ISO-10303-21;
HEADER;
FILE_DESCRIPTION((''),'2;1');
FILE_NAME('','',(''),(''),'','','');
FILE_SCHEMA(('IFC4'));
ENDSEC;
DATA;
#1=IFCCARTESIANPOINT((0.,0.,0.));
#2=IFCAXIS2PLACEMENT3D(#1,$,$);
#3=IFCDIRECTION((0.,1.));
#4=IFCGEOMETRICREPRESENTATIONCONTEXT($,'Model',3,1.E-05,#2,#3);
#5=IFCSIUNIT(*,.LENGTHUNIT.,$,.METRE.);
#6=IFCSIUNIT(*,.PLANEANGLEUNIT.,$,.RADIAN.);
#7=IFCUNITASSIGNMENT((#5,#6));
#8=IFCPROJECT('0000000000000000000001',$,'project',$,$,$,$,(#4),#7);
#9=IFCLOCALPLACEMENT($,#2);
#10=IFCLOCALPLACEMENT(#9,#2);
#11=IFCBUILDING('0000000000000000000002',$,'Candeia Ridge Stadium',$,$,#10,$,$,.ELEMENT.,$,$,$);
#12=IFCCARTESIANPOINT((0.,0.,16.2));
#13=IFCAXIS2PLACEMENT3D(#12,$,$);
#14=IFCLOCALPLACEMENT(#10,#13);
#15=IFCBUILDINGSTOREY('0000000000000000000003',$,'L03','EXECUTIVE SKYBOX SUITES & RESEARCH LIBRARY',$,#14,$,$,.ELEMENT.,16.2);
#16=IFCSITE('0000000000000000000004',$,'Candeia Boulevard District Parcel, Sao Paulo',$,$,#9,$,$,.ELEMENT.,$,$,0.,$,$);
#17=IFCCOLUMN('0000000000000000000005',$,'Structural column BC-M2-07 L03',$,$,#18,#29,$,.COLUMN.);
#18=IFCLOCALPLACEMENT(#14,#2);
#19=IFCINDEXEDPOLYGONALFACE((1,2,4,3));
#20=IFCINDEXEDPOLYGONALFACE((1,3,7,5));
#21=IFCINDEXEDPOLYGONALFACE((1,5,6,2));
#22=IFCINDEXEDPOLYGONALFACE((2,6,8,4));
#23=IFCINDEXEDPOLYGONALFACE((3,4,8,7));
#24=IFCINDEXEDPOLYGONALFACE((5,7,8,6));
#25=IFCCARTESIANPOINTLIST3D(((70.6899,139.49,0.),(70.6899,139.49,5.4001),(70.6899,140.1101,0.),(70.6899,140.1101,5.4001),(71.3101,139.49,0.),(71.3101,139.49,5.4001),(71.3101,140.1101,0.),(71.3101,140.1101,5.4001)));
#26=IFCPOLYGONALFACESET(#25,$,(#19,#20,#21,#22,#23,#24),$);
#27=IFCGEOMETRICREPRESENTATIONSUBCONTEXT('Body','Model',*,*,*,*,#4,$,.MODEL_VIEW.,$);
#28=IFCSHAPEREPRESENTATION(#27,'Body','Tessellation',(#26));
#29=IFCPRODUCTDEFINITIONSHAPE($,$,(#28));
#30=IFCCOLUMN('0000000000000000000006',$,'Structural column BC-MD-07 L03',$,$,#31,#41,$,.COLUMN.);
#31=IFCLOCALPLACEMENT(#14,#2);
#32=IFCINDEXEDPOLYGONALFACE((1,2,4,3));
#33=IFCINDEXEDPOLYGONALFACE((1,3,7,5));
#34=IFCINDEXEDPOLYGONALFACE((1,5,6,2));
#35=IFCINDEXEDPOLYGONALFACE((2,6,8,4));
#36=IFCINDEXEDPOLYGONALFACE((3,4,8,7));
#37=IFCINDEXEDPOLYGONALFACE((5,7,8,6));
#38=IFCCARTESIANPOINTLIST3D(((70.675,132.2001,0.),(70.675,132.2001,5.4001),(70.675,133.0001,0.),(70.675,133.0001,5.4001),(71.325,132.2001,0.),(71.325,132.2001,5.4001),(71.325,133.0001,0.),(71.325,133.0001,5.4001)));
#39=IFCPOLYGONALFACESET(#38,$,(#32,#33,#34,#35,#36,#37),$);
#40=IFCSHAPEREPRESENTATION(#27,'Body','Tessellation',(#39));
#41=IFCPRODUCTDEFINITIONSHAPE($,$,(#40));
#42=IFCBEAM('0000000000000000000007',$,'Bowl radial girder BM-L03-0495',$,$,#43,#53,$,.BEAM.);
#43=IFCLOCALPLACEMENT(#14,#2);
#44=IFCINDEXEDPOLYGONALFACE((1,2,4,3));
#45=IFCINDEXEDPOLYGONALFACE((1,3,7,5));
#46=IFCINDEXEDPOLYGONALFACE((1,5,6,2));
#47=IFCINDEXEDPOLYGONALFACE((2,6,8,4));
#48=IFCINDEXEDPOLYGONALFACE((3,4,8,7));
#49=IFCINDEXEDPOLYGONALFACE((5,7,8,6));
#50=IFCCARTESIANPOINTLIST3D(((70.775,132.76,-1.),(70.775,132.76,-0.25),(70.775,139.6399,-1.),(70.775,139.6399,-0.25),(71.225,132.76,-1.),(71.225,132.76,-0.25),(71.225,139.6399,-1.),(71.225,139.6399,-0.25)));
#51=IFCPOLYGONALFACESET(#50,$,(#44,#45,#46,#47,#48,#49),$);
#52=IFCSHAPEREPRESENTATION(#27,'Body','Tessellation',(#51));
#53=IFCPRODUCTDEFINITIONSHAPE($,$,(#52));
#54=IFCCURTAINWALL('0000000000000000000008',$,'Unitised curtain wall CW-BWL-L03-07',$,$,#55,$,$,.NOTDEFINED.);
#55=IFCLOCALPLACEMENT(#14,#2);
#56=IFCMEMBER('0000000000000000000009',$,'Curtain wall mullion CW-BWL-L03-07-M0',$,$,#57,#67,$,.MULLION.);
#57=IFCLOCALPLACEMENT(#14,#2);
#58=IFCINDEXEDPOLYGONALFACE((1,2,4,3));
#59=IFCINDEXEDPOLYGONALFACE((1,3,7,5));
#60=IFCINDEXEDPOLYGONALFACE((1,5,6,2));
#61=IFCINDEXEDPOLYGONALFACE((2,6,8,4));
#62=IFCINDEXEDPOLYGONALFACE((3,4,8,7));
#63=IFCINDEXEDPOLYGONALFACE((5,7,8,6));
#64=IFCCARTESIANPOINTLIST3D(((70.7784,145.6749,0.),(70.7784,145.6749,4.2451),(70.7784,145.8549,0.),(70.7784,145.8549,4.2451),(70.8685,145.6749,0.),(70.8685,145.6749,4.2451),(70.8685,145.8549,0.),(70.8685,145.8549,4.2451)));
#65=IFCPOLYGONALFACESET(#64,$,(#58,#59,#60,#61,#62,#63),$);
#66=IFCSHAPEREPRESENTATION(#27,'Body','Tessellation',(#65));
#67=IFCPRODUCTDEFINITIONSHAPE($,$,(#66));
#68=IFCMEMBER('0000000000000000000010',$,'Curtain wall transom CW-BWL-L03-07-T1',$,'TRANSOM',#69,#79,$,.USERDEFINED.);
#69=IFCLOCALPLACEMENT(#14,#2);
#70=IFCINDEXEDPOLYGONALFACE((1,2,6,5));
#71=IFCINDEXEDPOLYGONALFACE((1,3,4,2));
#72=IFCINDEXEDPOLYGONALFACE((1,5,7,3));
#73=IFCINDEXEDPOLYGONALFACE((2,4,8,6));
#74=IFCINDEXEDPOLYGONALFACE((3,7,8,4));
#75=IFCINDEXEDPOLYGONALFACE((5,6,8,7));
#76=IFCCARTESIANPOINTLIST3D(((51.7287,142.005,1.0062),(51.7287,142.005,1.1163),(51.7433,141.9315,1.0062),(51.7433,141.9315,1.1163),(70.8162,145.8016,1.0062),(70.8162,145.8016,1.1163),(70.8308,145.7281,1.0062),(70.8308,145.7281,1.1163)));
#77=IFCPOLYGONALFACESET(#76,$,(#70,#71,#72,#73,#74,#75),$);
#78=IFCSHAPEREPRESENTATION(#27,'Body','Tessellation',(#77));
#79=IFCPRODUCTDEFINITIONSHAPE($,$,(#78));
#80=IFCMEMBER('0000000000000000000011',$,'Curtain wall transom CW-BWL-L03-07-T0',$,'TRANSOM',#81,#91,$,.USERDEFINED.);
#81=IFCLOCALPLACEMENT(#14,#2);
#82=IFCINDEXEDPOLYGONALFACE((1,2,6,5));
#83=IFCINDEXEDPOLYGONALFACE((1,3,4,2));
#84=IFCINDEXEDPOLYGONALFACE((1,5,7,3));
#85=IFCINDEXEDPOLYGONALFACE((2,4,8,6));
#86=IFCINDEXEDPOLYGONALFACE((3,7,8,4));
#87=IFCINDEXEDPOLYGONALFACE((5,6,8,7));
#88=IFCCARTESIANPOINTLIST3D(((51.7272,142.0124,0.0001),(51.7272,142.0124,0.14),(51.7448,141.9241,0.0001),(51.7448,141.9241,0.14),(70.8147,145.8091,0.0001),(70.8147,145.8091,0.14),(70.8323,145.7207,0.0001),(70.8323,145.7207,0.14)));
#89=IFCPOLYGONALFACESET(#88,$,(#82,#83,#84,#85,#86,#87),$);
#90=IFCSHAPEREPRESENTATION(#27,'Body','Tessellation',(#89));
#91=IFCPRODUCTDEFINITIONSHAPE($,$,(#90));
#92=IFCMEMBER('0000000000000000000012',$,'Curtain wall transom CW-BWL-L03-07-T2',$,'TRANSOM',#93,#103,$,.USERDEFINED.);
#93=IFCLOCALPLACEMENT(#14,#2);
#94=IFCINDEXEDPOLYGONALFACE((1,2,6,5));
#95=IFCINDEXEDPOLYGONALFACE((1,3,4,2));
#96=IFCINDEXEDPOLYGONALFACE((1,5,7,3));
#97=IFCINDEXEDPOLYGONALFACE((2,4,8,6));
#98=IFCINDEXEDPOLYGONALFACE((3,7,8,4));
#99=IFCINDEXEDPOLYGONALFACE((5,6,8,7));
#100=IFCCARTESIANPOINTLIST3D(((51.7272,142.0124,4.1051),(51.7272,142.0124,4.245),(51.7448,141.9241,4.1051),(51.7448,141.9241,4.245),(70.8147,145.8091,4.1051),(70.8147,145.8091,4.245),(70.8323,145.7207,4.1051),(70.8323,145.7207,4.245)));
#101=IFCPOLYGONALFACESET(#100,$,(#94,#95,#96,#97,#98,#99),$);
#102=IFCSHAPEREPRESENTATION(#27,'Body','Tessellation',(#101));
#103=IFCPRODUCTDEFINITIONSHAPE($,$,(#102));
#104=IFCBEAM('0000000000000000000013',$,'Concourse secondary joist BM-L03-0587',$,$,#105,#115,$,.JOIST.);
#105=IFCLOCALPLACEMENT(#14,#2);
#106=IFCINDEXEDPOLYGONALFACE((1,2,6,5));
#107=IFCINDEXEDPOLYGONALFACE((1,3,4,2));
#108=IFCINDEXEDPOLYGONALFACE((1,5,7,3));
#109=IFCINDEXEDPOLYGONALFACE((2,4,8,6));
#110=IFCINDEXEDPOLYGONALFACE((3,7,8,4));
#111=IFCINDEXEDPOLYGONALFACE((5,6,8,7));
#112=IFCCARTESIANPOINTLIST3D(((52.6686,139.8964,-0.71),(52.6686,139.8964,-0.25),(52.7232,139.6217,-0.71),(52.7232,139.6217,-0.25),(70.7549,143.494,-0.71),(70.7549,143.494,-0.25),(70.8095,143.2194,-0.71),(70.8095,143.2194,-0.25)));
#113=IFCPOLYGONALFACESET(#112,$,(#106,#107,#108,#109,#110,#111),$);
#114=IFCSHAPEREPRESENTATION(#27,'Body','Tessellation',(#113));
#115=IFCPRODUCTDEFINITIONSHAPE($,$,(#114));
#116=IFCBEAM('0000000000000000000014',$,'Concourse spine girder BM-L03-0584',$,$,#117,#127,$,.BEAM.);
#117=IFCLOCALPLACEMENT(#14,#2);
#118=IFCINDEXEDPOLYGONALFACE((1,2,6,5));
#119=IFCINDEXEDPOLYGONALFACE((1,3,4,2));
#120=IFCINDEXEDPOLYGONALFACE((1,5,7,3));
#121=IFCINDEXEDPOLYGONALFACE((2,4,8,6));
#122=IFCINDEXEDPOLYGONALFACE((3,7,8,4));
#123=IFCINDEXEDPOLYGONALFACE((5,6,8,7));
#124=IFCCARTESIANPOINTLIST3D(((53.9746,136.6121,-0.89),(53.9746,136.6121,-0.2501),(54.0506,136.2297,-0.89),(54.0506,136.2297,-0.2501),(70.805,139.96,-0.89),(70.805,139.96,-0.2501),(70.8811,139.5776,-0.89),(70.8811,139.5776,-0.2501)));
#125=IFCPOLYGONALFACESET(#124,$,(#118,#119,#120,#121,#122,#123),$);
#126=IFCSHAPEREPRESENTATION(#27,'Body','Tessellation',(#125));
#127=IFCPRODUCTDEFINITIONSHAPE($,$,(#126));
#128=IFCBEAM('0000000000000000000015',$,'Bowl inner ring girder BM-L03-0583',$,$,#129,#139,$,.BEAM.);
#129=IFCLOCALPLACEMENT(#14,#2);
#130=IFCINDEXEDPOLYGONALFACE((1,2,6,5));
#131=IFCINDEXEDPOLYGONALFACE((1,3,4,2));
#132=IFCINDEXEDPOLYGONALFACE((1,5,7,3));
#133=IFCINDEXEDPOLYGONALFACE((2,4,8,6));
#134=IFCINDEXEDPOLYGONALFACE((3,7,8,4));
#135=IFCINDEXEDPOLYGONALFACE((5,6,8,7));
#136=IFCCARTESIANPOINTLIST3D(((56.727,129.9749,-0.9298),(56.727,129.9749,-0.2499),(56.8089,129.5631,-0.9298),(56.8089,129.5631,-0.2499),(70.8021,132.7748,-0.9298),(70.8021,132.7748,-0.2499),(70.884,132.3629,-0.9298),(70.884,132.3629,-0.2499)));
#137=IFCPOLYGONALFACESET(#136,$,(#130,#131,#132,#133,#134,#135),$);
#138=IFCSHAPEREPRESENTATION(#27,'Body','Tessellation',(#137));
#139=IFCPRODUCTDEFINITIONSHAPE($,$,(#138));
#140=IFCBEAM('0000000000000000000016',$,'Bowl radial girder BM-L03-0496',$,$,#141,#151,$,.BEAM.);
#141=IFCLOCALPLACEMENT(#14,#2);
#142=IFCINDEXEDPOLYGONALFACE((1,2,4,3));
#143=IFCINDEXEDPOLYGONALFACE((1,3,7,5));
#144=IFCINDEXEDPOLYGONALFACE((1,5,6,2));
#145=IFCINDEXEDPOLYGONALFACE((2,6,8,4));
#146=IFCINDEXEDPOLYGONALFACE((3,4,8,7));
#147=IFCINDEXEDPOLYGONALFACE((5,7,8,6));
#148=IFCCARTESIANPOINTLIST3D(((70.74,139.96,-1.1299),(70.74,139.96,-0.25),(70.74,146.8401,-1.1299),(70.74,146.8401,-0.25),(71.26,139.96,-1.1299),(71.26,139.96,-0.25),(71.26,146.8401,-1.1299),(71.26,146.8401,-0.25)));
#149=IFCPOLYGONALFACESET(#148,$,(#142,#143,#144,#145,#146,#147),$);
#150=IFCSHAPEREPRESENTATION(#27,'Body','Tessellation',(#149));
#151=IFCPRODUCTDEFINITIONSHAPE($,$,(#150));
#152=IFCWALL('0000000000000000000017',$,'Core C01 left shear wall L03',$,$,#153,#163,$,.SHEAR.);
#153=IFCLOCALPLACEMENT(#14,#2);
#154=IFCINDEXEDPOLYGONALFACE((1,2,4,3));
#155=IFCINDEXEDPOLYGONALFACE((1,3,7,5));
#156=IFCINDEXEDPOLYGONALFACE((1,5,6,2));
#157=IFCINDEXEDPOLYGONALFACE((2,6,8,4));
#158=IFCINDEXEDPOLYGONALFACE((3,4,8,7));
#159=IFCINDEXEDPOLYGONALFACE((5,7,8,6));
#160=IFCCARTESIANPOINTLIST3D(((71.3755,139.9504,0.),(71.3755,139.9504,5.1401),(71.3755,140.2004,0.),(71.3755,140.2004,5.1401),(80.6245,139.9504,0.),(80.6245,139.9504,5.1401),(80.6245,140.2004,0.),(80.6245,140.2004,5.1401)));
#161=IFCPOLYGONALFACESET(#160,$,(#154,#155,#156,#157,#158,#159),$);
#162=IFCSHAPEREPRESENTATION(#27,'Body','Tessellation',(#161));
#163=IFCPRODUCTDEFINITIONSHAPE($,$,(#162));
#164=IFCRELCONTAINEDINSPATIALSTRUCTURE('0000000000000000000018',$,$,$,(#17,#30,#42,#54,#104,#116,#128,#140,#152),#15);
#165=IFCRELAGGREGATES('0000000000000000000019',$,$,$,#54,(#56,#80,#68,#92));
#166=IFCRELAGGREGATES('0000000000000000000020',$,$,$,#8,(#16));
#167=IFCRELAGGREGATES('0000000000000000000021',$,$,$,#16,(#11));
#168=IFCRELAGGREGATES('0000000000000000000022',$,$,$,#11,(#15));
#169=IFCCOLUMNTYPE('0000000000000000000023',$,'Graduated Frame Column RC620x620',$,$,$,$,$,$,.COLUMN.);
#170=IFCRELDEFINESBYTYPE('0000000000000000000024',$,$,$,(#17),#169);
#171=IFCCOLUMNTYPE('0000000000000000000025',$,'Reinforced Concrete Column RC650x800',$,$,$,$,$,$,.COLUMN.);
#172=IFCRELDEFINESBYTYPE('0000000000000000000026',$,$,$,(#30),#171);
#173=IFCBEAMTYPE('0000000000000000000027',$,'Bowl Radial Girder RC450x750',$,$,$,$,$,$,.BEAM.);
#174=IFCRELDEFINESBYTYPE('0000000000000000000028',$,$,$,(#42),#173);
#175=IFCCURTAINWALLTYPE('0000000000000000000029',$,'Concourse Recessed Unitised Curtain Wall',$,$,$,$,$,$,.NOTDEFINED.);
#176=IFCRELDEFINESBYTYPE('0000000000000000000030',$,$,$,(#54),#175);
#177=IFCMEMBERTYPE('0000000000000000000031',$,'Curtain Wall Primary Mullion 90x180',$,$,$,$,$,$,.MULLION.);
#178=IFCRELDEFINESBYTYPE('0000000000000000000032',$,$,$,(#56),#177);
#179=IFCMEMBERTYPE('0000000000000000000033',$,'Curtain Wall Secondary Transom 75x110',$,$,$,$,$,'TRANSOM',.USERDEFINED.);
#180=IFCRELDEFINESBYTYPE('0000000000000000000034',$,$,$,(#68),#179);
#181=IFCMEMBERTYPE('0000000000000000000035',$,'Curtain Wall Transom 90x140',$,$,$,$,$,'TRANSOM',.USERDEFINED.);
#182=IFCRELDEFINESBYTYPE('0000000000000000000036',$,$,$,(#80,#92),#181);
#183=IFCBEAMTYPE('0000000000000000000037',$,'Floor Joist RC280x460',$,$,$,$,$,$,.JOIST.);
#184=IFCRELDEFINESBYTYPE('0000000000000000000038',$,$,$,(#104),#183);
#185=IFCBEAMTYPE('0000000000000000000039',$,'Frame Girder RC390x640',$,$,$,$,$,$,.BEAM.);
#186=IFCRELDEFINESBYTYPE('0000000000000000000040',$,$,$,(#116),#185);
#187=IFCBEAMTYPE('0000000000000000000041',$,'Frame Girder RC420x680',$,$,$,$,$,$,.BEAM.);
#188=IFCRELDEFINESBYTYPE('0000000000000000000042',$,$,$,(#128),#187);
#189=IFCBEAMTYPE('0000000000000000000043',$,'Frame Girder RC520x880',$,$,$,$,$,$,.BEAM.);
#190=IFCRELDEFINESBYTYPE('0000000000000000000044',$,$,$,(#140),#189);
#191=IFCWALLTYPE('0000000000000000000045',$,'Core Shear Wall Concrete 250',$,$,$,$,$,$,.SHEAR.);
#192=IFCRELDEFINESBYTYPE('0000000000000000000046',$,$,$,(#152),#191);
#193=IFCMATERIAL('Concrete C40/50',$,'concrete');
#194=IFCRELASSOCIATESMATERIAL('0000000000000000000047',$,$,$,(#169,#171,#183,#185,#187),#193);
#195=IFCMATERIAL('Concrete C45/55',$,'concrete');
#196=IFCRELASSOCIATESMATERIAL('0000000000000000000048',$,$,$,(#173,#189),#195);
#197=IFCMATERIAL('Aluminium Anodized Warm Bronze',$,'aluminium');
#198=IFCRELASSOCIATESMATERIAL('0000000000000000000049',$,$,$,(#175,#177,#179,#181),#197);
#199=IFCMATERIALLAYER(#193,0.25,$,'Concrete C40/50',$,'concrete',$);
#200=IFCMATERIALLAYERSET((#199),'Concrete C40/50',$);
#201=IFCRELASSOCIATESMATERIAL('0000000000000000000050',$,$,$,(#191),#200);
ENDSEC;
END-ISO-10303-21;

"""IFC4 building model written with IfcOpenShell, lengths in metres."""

from ifc_helpers import new_model, si_unit, direction, frame, frame_2d, origin, origin_2d, place, context, subcontext, project, spatial, rectangle, extrude, material, layer, layer_set, material_profile, profile_set, type_object, element, aggregate, save


model = new_model("IFC4")

# Units and contexts
model_context = context("Model", 3, precision=1e-05, world=origin(), true_north=direction((0.0, 1.0)))
body_context = subcontext(model_context, "Body", "Model", "MODEL_VIEW")
ifc_project = project(units=[si_unit("LENGTHUNIT", "METRE"), si_unit("PLANEANGLEUNIT", "RADIAN")], contexts=[model_context])

# Site, building, storey
site_placement = place(None, origin())
site = spatial("IfcSite", under=ifc_project, at=site_placement, Name="Candeia Boulevard District Parcel, Sao Paulo", CompositionType="ELEMENT", RefElevation=0.0)
building_placement = place(site_placement, origin())
building = spatial("IfcBuilding", under=site, at=building_placement, Name="Candeia Ridge Stadium", CompositionType="ELEMENT")
storey_placement = place(building_placement, frame((0.0, 0.0, 16.2)))
storey = spatial("IfcBuildingStorey", under=building, at=storey_placement, Name="L03", Description="EXECUTIVE SKYBOX SUITES & RESEARCH LIBRARY", CompositionType="ELEMENT", Elevation=16.2)

# Columns
ifc_material_1 = material(Name="Concrete C40/50", Category="concrete")
ifc_material_profile_1 = material_profile(ifc_material_1, rectangle(XDim=0.6201, YDim=0.6201, at=origin_2d()), Name="RC620x620", Category="concrete")
ifc_profile_set_1 = profile_set([ifc_material_profile_1], Name="Concrete C40/50")
column_type_1 = type_object("IfcColumnType", Name="Graduated Frame Column RC620x620", PredefinedType="COLUMN", material=ifc_profile_set_1)
column_1_placement = place(storey_placement, frame((71.0, 139.8, 0.0), z_axis=(0.0, 0.0, 1.0), x_axis=(1.0, 0.0, 0.0)))
element("IfcColumn", 1, at=column_1_placement, inside=storey, type_object=column_type_1, Name="Structural column BC-M2-07 L03", PredefinedType="COLUMN", context=body_context, shape_type="SweptSolid", body=[
    extrude(rectangle(XDim=0.6201, YDim=0.6201, at=origin_2d()), origin(), (0.0, 0.0, 1.0), 5.4001),
])
ifc_material_profile_2 = material_profile(ifc_material_1, rectangle(XDim=0.6499, YDim=0.8, at=origin_2d()), Name="RC650x800", Category="concrete")
ifc_profile_set_2 = profile_set([ifc_material_profile_2], Name="Concrete C40/50")
column_type_2 = type_object("IfcColumnType", Name="Reinforced Concrete Column RC650x800", PredefinedType="COLUMN", material=ifc_profile_set_2)
column_2_placement = place(storey_placement, frame((71.0, 132.6001, 0.0), z_axis=(0.0, 0.0, 1.0), x_axis=(1.0, 0.0, 0.0)))
element("IfcColumn", 2, at=column_2_placement, inside=storey, type_object=column_type_2, Name="Structural column BC-MD-07 L03", PredefinedType="COLUMN", context=body_context, shape_type="SweptSolid", body=[
    extrude(rectangle(XDim=0.6499, YDim=0.8, at=origin_2d()), origin(), (0.0, 0.0, 1.0), 5.4001),
])

# Beam
ifc_material_2 = material(Name="Concrete C45/55", Category="concrete")
ifc_material_profile_3 = material_profile(ifc_material_2, rectangle(XDim=0.45, YDim=0.75, at=origin_2d()), Name="RC450x750", Category="concrete")
ifc_profile_set_3 = profile_set([ifc_material_profile_3], Name="Concrete C45/55")
beam_type_1 = type_object("IfcBeamType", Name="Bowl Radial Girder RC450x750", PredefinedType="BEAM", material=ifc_profile_set_3)
beam_1_placement = place(storey_placement, frame((71.0, 132.76, -0.625), z_axis=(0.0, 1.0, 0.0), x_axis=(-1.0, 0.0, 0.0)))
element("IfcBeam", 3, at=beam_1_placement, inside=storey, type_object=beam_type_1, Name="Bowl radial girder BM-L03-0495", PredefinedType="BEAM", context=body_context, shape_type="SweptSolid", body=[
    extrude(rectangle(XDim=0.45, YDim=0.75, at=origin_2d()), origin(), (0.0, 0.0, 1.0), 6.8799),
])

# Curtain wall, members
ifc_material_3 = material(Name="Aluminium Anodized Warm Bronze", Category="aluminium")
curtain_wall_type = type_object("IfcCurtainWallType", Name="Concourse Recessed Unitised Curtain Wall", PredefinedType="NOTDEFINED", material=ifc_material_3)
curtain_wall_placement = place(storey_placement, origin())
curtain_wall = element("IfcCurtainWall", 4, at=curtain_wall_placement, inside=storey, type_object=curtain_wall_type, Name="Unitised curtain wall CW-BWL-L03-07", PredefinedType="NOTDEFINED")
ifc_material_profile_4 = material_profile(ifc_material_3, rectangle(XDim=0.0901, YDim=0.1799, at=origin_2d()), Name="CWM-90x180", Category="aluminium")
ifc_profile_set_4 = profile_set([ifc_material_profile_4], Name="Aluminium Anodized Warm Bronze")
member_type_1 = type_object("IfcMemberType", Name="Curtain Wall Primary Mullion 90x180", PredefinedType="MULLION", material=ifc_profile_set_4)
member_1_placement = place(storey_placement, frame((70.8235, 145.7649, 0.0), z_axis=(0.0, 0.0, 1.0), x_axis=(1.0, 0.0, 0.0)))
member_1 = element("IfcMember", 5, at=member_1_placement, type_object=member_type_1, Name="Curtain wall mullion CW-BWL-L03-07-M0", PredefinedType="MULLION", context=body_context, shape_type="SweptSolid", body=[
    extrude(rectangle(XDim=0.0901, YDim=0.1799, at=origin_2d()), origin(), (0.0, 0.0, 1.0), 4.2451),
])
ifc_material_profile_5 = material_profile(ifc_material_3, rectangle(XDim=0.075, YDim=0.1101, at=origin_2d()), Name="CWT-75x110", Category="aluminium")
ifc_profile_set_5 = profile_set([ifc_material_profile_5], Name="Aluminium Anodized Warm Bronze")
member_type_2 = type_object("IfcMemberType", Name="Curtain Wall Secondary Transom 75x110", ElementType="TRANSOM", PredefinedType="USERDEFINED", material=ifc_profile_set_5)
member_2_placement = place(storey_placement, frame((70.8235, 145.7649, 1.0613), z_axis=(-0.980786, -0.195086, 0.0), x_axis=(0.195086, -0.980786, 0.0)))
member_2 = element("IfcMember", 6, at=member_2_placement, type_object=member_type_2, Name="Curtain wall transom CW-BWL-L03-07-T1", ObjectType="TRANSOM", PredefinedType="USERDEFINED", context=body_context, shape_type="SweptSolid", body=[
    extrude(rectangle(XDim=0.075, YDim=0.1101, at=origin_2d()), origin(), (0.0, 0.0, 1.0), 19.4614),
])
ifc_material_profile_6 = material_profile(ifc_material_3, rectangle(XDim=0.0901, YDim=0.1399, at=origin_2d()), Name="CWT-90x140", Category="aluminium")
ifc_profile_set_6 = profile_set([ifc_material_profile_6], Name="Aluminium Anodized Warm Bronze")
member_type_3 = type_object("IfcMemberType", Name="Curtain Wall Transom 90x140", ElementType="TRANSOM", PredefinedType="USERDEFINED", material=ifc_profile_set_6)
member_3_placement = place(storey_placement, frame((70.8235, 145.7649, 0.0701), z_axis=(-0.980786, -0.195086, 0.0), x_axis=(0.195086, -0.980786, 0.0)))
member_3 = element("IfcMember", 7, at=member_3_placement, type_object=member_type_3, Name="Curtain wall transom CW-BWL-L03-07-T0", ObjectType="TRANSOM", PredefinedType="USERDEFINED", context=body_context, shape_type="SweptSolid", body=[
    extrude(rectangle(XDim=0.0901, YDim=0.1399, at=origin_2d()), origin(), (0.0, 0.0, 1.0), 19.4614),
])
member_4_placement = place(storey_placement, frame((70.8235, 145.7649, 4.175), z_axis=(-0.980786, -0.195086, 0.0), x_axis=(0.195086, -0.980786, 0.0)))
member_4 = element("IfcMember", 8, at=member_4_placement, type_object=member_type_3, Name="Curtain wall transom CW-BWL-L03-07-T2", ObjectType="TRANSOM", PredefinedType="USERDEFINED", context=body_context, shape_type="SweptSolid", body=[
    extrude(rectangle(XDim=0.0901, YDim=0.1399, at=origin_2d()), origin(), (0.0, 0.0, 1.0), 19.4614),
])
aggregate(curtain_wall, [member_1, member_3, member_2, member_4])

# Beams
ifc_material_profile_7 = material_profile(ifc_material_1, rectangle(XDim=0.28, YDim=0.46, at=origin_2d()), Name="RC280x460", Category="concrete")
ifc_profile_set_7 = profile_set([ifc_material_profile_7], Name="Concrete C40/50")
beam_type_2 = type_object("IfcBeamType", Name="Floor Joist RC280x460", PredefinedType="JOIST", material=ifc_profile_set_7)
beam_2_placement = place(storey_placement, frame((70.7822, 143.3567, -0.48), z_axis=(-0.980785, -0.195093, 0.0), x_axis=(0.195093, -0.980785, 0.0)))
element("IfcBeam", 9, at=beam_2_placement, inside=storey, type_object=beam_type_2, Name="Concourse secondary joist BM-L03-0587", PredefinedType="JOIST", context=body_context, shape_type="SweptSolid", body=[
    extrude(rectangle(XDim=0.28, YDim=0.46, at=origin_2d()), origin(), (0.0, 0.0, 1.0), 18.4407),
])
ifc_material_profile_8 = material_profile(ifc_material_1, rectangle(XDim=0.3899, YDim=0.6399, at=origin_2d()), Name="RC390x640", Category="concrete")
ifc_profile_set_8 = profile_set([ifc_material_profile_8], Name="Concrete C40/50")
beam_type_3 = type_object("IfcBeamType", Name="Frame Girder RC390x640", PredefinedType="BEAM", material=ifc_profile_set_8)
beam_3_placement = place(storey_placement, frame((70.843, 139.7688, -0.5701), z_axis=(-0.980784, -0.195098, 0.0), x_axis=(0.195098, -0.980784, 0.0)))
element("IfcBeam", 10, at=beam_3_placement, inside=storey, type_object=beam_type_3, Name="Concourse spine girder BM-L03-0584", PredefinedType="BEAM", context=body_context, shape_type="SweptSolid", body=[
    extrude(rectangle(XDim=0.3899, YDim=0.6399, at=origin_2d()), origin(), (0.0, 0.0, 1.0), 17.1602),
])
ifc_material_profile_9 = material_profile(ifc_material_1, rectangle(XDim=0.4199, YDim=0.6799, at=origin_2d()), Name="RC420x680", Category="concrete")
ifc_profile_set_9 = profile_set([ifc_material_profile_9], Name="Concrete C40/50")
beam_type_4 = type_object("IfcBeamType", Name="Frame Girder RC420x680", PredefinedType="BEAM", material=ifc_profile_set_9)
beam_4_placement = place(storey_placement, frame((70.843, 132.5688, -0.5898), z_axis=(-0.980784, -0.195099, 0.0), x_axis=(0.195099, -0.980784, 0.0)))
element("IfcBeam", 11, at=beam_4_placement, inside=storey, type_object=beam_type_4, Name="Bowl inner ring girder BM-L03-0583", PredefinedType="BEAM", context=body_context, shape_type="SweptSolid", body=[
    extrude(rectangle(XDim=0.4199, YDim=0.6799, at=origin_2d()), origin(), (0.0, 0.0, 1.0), 14.3508),
])
ifc_material_profile_10 = material_profile(ifc_material_2, rectangle(XDim=0.52, YDim=0.8799, at=origin_2d()), Name="RC520x880", Category="concrete")
ifc_profile_set_10 = profile_set([ifc_material_profile_10], Name="Concrete C45/55")
beam_type_5 = type_object("IfcBeamType", Name="Frame Girder RC520x880", PredefinedType="BEAM", material=ifc_profile_set_10)
beam_5_placement = place(storey_placement, frame((71.0, 139.96, -0.6899), z_axis=(0.0, 1.0, 0.0), x_axis=(-1.0, 0.0, 0.0)))
element("IfcBeam", 12, at=beam_5_placement, inside=storey, type_object=beam_type_5, Name="Bowl radial girder BM-L03-0496", PredefinedType="BEAM", context=body_context, shape_type="SweptSolid", body=[
    extrude(rectangle(XDim=0.52, YDim=0.8799, at=origin_2d()), origin(), (0.0, 0.0, 1.0), 6.8801),
])

# Wall
ifc_layer_1 = layer(ifc_material_1, 0.25, Name="Concrete C40/50", Category="concrete")
ifc_layer_set_1 = layer_set([ifc_layer_1], Name="Concrete C40/50")
wall_type_1 = type_object("IfcWallType", Name="Core Shear Wall Concrete 250", PredefinedType="SHEAR", material=ifc_layer_set_1)
wall_1_placement = place(storey_placement, frame((71.3755, 140.0754, 0.0), z_axis=(0.0, 0.0, 1.0), x_axis=(1.0, 0.0, 0.0)))
element("IfcWall", 13, at=wall_1_placement, inside=storey, type_object=wall_type_1, Name="Core C01 left shear wall L03", PredefinedType="SHEAR", context=body_context, shape_type="SweptSolid", body=[
    extrude(rectangle(XDim=9.249, YDim=0.25, at=frame_2d((4.6245, 0.0))), origin(), (0.0, 0.0, 1.0), 5.1401),
])

save(model, "model.ifc")
